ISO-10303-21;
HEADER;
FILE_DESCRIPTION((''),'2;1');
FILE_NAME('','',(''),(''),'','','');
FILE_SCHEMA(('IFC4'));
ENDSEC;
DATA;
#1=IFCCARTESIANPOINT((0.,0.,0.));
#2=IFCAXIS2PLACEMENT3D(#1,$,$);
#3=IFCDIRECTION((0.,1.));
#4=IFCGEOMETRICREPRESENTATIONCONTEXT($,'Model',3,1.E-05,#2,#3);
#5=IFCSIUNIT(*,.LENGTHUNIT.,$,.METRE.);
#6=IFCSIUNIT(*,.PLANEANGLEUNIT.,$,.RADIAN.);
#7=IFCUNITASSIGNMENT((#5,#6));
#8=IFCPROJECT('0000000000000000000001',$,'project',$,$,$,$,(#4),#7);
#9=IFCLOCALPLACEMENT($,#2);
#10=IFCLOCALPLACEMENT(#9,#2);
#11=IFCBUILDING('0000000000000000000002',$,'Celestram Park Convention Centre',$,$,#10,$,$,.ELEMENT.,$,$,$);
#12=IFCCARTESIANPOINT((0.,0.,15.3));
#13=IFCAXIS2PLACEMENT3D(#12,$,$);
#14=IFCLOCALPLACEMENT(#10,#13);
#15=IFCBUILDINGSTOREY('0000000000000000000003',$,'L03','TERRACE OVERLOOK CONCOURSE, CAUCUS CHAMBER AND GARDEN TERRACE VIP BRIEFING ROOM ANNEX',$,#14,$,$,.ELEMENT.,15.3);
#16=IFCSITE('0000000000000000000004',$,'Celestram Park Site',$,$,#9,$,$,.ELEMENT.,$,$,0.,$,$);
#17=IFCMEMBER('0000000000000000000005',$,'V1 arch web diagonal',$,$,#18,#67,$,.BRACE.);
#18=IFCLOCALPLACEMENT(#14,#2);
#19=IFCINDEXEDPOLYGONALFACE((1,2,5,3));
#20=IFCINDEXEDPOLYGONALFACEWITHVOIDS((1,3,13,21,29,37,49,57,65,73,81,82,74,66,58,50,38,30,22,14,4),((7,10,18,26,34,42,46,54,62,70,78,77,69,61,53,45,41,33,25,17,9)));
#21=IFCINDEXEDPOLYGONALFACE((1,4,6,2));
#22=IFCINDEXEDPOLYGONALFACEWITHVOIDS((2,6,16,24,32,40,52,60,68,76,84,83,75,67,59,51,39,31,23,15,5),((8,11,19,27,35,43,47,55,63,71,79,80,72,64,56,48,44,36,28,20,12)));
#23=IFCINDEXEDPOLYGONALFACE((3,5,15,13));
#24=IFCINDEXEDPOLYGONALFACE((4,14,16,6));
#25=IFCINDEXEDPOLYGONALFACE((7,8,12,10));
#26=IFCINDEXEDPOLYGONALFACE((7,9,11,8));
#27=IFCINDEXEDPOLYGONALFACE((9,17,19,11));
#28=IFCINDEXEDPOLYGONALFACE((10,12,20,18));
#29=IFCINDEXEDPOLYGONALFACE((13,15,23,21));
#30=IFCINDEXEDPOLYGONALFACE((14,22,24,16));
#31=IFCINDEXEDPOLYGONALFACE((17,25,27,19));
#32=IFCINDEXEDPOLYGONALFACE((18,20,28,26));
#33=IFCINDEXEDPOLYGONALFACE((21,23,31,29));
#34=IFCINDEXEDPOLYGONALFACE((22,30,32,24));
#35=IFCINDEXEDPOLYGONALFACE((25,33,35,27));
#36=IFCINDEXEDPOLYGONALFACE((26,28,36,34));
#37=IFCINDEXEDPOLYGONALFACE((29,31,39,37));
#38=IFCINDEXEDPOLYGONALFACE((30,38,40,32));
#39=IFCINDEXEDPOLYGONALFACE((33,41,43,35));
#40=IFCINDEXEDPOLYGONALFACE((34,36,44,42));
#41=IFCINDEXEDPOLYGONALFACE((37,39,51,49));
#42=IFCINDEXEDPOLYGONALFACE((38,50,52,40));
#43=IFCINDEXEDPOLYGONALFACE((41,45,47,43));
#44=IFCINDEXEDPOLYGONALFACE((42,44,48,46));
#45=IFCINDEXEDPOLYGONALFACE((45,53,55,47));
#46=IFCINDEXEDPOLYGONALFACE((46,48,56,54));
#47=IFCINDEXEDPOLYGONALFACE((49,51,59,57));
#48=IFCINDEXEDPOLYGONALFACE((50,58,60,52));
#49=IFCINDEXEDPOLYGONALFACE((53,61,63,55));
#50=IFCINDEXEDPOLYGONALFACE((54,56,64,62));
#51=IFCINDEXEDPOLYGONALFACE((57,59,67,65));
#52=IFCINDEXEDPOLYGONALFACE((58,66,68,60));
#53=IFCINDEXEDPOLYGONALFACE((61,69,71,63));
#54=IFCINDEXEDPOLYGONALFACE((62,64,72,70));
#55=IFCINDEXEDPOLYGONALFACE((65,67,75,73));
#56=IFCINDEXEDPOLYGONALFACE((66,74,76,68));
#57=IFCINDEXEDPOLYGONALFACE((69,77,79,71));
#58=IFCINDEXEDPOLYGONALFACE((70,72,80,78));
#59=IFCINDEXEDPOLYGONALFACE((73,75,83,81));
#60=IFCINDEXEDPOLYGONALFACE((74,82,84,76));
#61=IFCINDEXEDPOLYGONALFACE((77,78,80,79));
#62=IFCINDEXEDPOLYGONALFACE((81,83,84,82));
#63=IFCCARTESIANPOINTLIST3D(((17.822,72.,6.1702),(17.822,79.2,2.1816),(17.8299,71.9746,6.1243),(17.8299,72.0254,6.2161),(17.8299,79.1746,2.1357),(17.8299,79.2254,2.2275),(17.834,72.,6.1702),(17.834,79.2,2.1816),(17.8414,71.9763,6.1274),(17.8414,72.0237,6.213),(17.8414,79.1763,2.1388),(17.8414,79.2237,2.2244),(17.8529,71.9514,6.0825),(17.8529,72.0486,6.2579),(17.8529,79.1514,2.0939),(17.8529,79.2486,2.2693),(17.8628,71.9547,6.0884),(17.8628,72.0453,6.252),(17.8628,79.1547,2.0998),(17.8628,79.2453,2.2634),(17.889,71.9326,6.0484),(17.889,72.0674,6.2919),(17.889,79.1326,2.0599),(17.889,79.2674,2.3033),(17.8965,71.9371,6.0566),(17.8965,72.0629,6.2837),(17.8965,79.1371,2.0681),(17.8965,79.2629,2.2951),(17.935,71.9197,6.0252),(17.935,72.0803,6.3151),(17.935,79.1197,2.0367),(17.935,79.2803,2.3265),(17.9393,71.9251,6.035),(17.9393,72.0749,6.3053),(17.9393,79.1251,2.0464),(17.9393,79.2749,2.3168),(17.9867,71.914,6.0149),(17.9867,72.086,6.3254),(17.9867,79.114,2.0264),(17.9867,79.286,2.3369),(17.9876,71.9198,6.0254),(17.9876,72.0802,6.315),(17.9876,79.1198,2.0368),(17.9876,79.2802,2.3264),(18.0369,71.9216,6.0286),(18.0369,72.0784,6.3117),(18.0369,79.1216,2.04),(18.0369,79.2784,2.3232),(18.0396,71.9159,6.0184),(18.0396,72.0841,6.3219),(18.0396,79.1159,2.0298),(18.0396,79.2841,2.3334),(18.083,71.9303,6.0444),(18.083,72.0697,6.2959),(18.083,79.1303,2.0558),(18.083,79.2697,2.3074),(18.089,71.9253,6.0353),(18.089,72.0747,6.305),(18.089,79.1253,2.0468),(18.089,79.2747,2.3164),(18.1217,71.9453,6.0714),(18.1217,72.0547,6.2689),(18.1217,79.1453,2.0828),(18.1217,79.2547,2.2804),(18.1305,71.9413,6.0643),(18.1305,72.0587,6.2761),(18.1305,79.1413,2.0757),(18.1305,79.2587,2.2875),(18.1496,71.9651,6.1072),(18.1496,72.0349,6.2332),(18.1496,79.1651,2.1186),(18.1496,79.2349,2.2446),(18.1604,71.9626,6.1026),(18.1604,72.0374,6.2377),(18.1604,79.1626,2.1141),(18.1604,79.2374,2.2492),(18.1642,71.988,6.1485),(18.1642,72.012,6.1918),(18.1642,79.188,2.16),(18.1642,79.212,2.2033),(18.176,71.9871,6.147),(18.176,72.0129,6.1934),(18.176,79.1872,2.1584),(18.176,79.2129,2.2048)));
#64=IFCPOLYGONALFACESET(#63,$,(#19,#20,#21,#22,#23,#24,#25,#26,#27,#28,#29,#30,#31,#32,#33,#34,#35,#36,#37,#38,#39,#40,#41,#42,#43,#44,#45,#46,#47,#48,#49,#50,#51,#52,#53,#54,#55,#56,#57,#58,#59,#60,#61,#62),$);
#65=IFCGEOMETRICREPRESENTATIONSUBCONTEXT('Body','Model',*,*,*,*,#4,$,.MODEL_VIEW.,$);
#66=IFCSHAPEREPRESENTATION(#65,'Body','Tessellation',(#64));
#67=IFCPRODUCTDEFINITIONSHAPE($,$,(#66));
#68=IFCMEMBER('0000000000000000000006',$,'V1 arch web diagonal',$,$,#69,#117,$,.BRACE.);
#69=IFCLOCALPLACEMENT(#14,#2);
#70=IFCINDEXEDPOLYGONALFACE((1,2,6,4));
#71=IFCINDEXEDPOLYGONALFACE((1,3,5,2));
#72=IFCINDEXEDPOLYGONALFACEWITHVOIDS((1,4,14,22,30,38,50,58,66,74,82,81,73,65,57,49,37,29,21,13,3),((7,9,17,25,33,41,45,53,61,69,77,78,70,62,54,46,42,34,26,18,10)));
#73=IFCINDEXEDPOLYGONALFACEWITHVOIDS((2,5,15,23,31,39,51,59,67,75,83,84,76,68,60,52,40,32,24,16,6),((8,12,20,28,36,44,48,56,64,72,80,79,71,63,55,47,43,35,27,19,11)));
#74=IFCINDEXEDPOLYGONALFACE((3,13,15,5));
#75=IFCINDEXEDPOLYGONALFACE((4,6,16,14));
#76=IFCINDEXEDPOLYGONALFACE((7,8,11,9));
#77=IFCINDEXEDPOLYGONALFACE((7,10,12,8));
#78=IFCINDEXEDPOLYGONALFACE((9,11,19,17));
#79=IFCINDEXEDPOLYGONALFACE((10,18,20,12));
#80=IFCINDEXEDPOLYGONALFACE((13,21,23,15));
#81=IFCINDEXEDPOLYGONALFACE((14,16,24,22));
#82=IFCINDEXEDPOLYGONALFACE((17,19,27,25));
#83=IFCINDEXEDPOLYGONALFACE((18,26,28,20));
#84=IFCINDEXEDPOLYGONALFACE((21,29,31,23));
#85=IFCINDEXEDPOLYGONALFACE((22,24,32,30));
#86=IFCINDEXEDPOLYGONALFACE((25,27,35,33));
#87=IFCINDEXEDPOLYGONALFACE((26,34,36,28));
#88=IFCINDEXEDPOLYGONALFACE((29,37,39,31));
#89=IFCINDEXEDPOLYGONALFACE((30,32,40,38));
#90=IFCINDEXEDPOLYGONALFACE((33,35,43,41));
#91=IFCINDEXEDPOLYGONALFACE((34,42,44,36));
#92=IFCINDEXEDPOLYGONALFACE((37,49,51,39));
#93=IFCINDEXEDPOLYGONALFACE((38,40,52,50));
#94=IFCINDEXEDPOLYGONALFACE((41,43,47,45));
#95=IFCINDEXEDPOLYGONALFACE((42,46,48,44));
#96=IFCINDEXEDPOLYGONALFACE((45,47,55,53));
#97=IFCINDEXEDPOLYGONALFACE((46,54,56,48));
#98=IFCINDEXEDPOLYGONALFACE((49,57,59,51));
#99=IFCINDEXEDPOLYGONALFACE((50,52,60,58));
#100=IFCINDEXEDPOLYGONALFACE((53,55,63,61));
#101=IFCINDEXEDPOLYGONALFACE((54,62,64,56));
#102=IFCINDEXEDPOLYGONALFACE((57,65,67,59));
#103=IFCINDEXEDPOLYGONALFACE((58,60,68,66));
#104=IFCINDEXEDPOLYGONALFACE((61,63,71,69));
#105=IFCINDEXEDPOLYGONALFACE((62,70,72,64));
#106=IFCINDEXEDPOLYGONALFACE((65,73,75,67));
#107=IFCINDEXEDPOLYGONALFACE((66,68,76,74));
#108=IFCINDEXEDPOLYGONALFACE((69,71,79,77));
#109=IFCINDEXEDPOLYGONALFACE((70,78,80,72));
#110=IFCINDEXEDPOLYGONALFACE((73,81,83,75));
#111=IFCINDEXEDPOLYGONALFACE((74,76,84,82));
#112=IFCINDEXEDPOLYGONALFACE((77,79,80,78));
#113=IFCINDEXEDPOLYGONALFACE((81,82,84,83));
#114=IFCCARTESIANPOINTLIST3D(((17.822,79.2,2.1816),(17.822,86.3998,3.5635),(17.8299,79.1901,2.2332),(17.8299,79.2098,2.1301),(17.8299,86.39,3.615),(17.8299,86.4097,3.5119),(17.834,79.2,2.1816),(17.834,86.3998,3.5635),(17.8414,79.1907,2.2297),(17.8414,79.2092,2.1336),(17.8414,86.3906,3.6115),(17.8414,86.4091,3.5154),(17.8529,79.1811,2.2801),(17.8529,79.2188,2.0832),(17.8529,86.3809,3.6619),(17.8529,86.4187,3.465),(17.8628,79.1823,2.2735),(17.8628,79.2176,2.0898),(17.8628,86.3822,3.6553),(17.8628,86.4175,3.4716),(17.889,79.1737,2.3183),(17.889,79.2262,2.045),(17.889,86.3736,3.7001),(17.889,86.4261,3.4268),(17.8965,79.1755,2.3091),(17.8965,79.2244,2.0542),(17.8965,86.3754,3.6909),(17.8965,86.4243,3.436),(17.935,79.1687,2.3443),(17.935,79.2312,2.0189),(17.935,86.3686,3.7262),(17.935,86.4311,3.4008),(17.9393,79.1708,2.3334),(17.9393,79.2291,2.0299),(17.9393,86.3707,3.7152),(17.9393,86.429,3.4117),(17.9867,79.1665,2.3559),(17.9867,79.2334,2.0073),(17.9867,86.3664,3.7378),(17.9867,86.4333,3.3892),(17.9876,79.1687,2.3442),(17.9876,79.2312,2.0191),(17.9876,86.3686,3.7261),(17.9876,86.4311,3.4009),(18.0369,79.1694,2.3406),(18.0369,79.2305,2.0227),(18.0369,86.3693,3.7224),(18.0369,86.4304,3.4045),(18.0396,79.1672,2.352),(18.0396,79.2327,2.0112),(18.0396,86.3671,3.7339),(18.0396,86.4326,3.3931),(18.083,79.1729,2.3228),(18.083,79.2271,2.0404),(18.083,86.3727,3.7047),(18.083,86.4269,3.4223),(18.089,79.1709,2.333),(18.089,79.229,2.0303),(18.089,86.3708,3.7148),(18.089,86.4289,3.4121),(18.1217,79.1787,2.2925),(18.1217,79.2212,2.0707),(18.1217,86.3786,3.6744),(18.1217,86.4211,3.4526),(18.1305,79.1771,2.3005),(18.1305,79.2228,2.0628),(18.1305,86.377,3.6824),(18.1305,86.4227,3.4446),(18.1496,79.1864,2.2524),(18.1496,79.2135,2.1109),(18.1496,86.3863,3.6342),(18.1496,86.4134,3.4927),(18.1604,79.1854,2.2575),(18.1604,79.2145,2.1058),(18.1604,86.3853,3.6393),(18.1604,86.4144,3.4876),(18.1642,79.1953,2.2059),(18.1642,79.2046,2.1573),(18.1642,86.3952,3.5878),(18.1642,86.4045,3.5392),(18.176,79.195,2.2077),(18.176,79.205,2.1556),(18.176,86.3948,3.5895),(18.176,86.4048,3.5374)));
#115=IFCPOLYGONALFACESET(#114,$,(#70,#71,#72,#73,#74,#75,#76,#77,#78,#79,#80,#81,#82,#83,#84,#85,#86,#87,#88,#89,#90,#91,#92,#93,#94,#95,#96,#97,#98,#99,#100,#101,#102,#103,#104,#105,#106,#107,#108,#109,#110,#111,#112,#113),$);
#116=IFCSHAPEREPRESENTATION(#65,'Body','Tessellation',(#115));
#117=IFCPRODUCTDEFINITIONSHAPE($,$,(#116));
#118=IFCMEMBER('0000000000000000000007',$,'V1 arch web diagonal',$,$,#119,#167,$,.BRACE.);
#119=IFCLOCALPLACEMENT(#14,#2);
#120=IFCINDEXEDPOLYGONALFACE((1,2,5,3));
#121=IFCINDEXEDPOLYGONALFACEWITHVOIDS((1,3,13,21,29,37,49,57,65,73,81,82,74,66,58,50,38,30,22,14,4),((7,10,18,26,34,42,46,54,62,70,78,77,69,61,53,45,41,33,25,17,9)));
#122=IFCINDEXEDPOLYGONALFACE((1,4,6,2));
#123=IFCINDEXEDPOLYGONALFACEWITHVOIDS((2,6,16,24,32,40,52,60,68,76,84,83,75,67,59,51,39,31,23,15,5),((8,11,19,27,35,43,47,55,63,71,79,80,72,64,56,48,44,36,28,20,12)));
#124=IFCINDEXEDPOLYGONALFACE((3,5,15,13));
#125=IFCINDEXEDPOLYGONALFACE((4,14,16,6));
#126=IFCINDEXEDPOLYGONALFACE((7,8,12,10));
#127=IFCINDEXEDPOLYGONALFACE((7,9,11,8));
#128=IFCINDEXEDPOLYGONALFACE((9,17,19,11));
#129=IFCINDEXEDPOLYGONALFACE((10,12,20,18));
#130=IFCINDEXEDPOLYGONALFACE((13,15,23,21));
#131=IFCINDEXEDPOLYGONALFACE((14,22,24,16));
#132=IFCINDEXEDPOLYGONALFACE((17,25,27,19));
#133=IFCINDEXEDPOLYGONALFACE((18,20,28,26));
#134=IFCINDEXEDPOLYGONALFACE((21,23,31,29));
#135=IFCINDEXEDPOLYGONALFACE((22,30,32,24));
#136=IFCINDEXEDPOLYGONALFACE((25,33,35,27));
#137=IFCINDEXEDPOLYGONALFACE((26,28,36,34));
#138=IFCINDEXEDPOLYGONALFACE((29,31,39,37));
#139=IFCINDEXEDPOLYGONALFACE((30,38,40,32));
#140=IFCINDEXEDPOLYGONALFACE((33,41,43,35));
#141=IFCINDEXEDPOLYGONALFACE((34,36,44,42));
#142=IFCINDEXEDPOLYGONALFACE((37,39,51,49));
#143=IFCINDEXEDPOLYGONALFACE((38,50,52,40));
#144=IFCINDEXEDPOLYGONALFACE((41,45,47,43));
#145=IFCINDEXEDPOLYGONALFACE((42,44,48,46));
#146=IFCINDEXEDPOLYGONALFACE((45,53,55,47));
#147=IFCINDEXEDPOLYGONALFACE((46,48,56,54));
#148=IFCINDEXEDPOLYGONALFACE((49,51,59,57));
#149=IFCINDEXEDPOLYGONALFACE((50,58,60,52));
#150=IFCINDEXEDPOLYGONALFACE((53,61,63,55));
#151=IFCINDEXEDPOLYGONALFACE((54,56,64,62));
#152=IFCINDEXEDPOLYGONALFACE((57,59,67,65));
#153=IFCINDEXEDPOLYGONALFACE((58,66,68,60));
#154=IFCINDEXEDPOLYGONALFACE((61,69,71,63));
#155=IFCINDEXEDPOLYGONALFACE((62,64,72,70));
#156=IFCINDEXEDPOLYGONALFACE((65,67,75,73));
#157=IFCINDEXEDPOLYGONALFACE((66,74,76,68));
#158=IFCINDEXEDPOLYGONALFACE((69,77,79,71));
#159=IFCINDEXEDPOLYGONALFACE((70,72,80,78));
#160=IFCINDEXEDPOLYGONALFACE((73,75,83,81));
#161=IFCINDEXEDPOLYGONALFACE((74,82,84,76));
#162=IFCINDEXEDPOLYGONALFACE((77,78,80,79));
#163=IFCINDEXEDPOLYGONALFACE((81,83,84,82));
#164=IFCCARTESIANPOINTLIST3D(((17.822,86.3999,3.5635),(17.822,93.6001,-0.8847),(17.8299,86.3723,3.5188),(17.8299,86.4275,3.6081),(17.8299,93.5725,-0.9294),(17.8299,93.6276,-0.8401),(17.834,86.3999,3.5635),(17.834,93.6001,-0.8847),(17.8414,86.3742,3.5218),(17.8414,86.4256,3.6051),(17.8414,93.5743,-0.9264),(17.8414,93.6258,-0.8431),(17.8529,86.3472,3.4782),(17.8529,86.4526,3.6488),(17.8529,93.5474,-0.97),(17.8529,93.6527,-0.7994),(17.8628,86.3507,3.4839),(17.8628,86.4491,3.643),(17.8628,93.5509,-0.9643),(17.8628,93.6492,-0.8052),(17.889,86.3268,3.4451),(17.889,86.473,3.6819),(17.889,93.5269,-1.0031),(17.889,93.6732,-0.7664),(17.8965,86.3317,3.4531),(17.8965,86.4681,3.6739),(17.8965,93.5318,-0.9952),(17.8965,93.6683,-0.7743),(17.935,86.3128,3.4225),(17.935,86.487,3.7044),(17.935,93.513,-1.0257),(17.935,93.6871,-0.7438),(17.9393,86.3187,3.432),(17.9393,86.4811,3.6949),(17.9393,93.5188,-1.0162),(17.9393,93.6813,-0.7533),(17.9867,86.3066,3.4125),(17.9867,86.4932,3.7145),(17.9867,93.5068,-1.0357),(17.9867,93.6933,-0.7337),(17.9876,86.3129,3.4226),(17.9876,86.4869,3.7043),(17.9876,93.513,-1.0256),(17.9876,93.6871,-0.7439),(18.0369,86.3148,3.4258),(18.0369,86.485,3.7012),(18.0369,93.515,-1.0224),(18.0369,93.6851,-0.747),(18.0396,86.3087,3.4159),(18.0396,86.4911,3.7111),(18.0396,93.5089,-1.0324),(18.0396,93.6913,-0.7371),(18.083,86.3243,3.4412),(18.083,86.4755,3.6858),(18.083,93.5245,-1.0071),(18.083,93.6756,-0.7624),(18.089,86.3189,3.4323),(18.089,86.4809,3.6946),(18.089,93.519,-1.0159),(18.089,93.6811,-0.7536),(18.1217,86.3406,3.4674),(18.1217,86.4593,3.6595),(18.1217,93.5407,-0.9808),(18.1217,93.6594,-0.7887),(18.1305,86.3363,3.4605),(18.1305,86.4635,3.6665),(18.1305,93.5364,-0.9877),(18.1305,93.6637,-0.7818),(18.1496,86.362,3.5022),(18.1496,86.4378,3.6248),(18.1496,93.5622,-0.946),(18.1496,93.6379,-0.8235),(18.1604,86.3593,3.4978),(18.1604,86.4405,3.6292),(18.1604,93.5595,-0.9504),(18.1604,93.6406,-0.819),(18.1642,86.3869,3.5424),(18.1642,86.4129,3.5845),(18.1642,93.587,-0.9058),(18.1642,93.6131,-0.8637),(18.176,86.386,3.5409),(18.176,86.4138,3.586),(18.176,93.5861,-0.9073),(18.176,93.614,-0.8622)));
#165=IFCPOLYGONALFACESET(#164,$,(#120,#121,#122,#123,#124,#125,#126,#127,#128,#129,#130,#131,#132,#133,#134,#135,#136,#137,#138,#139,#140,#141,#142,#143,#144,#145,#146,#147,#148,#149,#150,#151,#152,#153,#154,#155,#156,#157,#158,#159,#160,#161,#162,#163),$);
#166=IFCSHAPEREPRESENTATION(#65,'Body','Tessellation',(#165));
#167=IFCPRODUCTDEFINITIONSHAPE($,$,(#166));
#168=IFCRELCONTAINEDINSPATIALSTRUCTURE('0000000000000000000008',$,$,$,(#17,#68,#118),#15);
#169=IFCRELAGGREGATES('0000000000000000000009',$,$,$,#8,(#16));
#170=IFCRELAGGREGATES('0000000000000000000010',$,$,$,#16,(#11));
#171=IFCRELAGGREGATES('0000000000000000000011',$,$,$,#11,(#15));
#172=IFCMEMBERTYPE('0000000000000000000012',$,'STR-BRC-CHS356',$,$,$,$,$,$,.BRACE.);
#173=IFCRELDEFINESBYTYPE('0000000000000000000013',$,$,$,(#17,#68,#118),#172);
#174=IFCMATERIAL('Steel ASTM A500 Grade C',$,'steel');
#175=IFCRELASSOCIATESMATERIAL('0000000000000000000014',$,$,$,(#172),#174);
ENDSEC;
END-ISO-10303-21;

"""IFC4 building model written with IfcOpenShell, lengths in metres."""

from ifc_helpers import new_model, si_unit, direction, frame, origin, origin_2d, place, context, subcontext, project, spatial, hollow_circle, extrude, material, material_profile, profile_set, type_object, element, save


model = new_model("IFC4")

# Units and contexts
model_context = context("Model", 3, precision=1e-05, world=origin(), true_north=direction((0.0, 1.0)))
body_context = subcontext(model_context, "Body", "Model", "MODEL_VIEW")
ifc_project = project(units=[si_unit("LENGTHUNIT", "METRE"), si_unit("PLANEANGLEUNIT", "RADIAN")], contexts=[model_context])

# Site, building, storey
site_placement = place(None, origin())
site = spatial("IfcSite", under=ifc_project, at=site_placement, Name="Celestram Park Site", CompositionType="ELEMENT", RefElevation=0.0)
building_placement = place(site_placement, origin())
building = spatial("IfcBuilding", under=site, at=building_placement, Name="Celestram Park Convention Centre", CompositionType="ELEMENT")
storey_placement = place(building_placement, frame((0.0, 0.0, 15.3)))
storey = spatial("IfcBuildingStorey", under=building, at=storey_placement, Name="L03", Description="TERRACE OVERLOOK CONCOURSE, CAUCUS CHAMBER AND GARDEN TERRACE VIP BRIEFING ROOM ANNEX", CompositionType="ELEMENT", Elevation=15.3)

# Members
ifc_material_1 = material(Name="Steel ASTM A500 Grade C", Category="steel")
ifc_material_profile_1 = material_profile(ifc_material_1, hollow_circle(Radius=0.178, WallThickness=0.012, at=origin_2d()), Name="CHS356X12")
ifc_profile_set_1 = profile_set([ifc_material_profile_1], Name="Steel ASTM A500 Grade C")
member_type_1 = type_object("IfcMemberType", Name="STR-BRC-CHS356", PredefinedType="BRACE", material=ifc_profile_set_1)
member_1_placement = place(storey_placement, frame((18.0, 72.0, 6.1702), z_axis=(0.0, 0.874747, -0.48458), x_axis=(-1.0, 0.0, 0.0)))
element("IfcMember", 1, at=member_1_placement, inside=storey, type_object=member_type_1, Name="V1 arch web diagonal", PredefinedType="BRACE", context=body_context, shape_type="SweptSolid", body=[
    extrude(hollow_circle(Radius=0.178, WallThickness=0.012, at=origin_2d()), origin(), (0.0, 0.0, 1.0), 8.231),
])
member_2_placement = place(storey_placement, frame((18.0, 79.2, 2.1816), z_axis=(0.0, 0.982076, 0.188483), x_axis=(-1.0, 0.0, 0.0)))
element("IfcMember", 2, at=member_2_placement, inside=storey, type_object=member_type_1, Name="V1 arch web diagonal", PredefinedType="BRACE", context=body_context, shape_type="SweptSolid", body=[
    extrude(hollow_circle(Radius=0.178, WallThickness=0.012, at=origin_2d()), origin(), (0.0, 0.0, 1.0), 7.3313),
])
member_3_placement = place(storey_placement, frame((18.0, 86.3999, 3.5635), z_axis=(0.0, 0.850742, -0.525584), x_axis=(-1.0, 0.0, 0.0)))
element("IfcMember", 3, at=member_3_placement, inside=storey, type_object=member_type_1, Name="V1 arch web diagonal", PredefinedType="BRACE", context=body_context, shape_type="SweptSolid", body=[
    extrude(hollow_circle(Radius=0.178, WallThickness=0.012, at=origin_2d()), origin(), (0.0, 0.0, 1.0), 8.4634),
])

save(model, "model.ifc")
